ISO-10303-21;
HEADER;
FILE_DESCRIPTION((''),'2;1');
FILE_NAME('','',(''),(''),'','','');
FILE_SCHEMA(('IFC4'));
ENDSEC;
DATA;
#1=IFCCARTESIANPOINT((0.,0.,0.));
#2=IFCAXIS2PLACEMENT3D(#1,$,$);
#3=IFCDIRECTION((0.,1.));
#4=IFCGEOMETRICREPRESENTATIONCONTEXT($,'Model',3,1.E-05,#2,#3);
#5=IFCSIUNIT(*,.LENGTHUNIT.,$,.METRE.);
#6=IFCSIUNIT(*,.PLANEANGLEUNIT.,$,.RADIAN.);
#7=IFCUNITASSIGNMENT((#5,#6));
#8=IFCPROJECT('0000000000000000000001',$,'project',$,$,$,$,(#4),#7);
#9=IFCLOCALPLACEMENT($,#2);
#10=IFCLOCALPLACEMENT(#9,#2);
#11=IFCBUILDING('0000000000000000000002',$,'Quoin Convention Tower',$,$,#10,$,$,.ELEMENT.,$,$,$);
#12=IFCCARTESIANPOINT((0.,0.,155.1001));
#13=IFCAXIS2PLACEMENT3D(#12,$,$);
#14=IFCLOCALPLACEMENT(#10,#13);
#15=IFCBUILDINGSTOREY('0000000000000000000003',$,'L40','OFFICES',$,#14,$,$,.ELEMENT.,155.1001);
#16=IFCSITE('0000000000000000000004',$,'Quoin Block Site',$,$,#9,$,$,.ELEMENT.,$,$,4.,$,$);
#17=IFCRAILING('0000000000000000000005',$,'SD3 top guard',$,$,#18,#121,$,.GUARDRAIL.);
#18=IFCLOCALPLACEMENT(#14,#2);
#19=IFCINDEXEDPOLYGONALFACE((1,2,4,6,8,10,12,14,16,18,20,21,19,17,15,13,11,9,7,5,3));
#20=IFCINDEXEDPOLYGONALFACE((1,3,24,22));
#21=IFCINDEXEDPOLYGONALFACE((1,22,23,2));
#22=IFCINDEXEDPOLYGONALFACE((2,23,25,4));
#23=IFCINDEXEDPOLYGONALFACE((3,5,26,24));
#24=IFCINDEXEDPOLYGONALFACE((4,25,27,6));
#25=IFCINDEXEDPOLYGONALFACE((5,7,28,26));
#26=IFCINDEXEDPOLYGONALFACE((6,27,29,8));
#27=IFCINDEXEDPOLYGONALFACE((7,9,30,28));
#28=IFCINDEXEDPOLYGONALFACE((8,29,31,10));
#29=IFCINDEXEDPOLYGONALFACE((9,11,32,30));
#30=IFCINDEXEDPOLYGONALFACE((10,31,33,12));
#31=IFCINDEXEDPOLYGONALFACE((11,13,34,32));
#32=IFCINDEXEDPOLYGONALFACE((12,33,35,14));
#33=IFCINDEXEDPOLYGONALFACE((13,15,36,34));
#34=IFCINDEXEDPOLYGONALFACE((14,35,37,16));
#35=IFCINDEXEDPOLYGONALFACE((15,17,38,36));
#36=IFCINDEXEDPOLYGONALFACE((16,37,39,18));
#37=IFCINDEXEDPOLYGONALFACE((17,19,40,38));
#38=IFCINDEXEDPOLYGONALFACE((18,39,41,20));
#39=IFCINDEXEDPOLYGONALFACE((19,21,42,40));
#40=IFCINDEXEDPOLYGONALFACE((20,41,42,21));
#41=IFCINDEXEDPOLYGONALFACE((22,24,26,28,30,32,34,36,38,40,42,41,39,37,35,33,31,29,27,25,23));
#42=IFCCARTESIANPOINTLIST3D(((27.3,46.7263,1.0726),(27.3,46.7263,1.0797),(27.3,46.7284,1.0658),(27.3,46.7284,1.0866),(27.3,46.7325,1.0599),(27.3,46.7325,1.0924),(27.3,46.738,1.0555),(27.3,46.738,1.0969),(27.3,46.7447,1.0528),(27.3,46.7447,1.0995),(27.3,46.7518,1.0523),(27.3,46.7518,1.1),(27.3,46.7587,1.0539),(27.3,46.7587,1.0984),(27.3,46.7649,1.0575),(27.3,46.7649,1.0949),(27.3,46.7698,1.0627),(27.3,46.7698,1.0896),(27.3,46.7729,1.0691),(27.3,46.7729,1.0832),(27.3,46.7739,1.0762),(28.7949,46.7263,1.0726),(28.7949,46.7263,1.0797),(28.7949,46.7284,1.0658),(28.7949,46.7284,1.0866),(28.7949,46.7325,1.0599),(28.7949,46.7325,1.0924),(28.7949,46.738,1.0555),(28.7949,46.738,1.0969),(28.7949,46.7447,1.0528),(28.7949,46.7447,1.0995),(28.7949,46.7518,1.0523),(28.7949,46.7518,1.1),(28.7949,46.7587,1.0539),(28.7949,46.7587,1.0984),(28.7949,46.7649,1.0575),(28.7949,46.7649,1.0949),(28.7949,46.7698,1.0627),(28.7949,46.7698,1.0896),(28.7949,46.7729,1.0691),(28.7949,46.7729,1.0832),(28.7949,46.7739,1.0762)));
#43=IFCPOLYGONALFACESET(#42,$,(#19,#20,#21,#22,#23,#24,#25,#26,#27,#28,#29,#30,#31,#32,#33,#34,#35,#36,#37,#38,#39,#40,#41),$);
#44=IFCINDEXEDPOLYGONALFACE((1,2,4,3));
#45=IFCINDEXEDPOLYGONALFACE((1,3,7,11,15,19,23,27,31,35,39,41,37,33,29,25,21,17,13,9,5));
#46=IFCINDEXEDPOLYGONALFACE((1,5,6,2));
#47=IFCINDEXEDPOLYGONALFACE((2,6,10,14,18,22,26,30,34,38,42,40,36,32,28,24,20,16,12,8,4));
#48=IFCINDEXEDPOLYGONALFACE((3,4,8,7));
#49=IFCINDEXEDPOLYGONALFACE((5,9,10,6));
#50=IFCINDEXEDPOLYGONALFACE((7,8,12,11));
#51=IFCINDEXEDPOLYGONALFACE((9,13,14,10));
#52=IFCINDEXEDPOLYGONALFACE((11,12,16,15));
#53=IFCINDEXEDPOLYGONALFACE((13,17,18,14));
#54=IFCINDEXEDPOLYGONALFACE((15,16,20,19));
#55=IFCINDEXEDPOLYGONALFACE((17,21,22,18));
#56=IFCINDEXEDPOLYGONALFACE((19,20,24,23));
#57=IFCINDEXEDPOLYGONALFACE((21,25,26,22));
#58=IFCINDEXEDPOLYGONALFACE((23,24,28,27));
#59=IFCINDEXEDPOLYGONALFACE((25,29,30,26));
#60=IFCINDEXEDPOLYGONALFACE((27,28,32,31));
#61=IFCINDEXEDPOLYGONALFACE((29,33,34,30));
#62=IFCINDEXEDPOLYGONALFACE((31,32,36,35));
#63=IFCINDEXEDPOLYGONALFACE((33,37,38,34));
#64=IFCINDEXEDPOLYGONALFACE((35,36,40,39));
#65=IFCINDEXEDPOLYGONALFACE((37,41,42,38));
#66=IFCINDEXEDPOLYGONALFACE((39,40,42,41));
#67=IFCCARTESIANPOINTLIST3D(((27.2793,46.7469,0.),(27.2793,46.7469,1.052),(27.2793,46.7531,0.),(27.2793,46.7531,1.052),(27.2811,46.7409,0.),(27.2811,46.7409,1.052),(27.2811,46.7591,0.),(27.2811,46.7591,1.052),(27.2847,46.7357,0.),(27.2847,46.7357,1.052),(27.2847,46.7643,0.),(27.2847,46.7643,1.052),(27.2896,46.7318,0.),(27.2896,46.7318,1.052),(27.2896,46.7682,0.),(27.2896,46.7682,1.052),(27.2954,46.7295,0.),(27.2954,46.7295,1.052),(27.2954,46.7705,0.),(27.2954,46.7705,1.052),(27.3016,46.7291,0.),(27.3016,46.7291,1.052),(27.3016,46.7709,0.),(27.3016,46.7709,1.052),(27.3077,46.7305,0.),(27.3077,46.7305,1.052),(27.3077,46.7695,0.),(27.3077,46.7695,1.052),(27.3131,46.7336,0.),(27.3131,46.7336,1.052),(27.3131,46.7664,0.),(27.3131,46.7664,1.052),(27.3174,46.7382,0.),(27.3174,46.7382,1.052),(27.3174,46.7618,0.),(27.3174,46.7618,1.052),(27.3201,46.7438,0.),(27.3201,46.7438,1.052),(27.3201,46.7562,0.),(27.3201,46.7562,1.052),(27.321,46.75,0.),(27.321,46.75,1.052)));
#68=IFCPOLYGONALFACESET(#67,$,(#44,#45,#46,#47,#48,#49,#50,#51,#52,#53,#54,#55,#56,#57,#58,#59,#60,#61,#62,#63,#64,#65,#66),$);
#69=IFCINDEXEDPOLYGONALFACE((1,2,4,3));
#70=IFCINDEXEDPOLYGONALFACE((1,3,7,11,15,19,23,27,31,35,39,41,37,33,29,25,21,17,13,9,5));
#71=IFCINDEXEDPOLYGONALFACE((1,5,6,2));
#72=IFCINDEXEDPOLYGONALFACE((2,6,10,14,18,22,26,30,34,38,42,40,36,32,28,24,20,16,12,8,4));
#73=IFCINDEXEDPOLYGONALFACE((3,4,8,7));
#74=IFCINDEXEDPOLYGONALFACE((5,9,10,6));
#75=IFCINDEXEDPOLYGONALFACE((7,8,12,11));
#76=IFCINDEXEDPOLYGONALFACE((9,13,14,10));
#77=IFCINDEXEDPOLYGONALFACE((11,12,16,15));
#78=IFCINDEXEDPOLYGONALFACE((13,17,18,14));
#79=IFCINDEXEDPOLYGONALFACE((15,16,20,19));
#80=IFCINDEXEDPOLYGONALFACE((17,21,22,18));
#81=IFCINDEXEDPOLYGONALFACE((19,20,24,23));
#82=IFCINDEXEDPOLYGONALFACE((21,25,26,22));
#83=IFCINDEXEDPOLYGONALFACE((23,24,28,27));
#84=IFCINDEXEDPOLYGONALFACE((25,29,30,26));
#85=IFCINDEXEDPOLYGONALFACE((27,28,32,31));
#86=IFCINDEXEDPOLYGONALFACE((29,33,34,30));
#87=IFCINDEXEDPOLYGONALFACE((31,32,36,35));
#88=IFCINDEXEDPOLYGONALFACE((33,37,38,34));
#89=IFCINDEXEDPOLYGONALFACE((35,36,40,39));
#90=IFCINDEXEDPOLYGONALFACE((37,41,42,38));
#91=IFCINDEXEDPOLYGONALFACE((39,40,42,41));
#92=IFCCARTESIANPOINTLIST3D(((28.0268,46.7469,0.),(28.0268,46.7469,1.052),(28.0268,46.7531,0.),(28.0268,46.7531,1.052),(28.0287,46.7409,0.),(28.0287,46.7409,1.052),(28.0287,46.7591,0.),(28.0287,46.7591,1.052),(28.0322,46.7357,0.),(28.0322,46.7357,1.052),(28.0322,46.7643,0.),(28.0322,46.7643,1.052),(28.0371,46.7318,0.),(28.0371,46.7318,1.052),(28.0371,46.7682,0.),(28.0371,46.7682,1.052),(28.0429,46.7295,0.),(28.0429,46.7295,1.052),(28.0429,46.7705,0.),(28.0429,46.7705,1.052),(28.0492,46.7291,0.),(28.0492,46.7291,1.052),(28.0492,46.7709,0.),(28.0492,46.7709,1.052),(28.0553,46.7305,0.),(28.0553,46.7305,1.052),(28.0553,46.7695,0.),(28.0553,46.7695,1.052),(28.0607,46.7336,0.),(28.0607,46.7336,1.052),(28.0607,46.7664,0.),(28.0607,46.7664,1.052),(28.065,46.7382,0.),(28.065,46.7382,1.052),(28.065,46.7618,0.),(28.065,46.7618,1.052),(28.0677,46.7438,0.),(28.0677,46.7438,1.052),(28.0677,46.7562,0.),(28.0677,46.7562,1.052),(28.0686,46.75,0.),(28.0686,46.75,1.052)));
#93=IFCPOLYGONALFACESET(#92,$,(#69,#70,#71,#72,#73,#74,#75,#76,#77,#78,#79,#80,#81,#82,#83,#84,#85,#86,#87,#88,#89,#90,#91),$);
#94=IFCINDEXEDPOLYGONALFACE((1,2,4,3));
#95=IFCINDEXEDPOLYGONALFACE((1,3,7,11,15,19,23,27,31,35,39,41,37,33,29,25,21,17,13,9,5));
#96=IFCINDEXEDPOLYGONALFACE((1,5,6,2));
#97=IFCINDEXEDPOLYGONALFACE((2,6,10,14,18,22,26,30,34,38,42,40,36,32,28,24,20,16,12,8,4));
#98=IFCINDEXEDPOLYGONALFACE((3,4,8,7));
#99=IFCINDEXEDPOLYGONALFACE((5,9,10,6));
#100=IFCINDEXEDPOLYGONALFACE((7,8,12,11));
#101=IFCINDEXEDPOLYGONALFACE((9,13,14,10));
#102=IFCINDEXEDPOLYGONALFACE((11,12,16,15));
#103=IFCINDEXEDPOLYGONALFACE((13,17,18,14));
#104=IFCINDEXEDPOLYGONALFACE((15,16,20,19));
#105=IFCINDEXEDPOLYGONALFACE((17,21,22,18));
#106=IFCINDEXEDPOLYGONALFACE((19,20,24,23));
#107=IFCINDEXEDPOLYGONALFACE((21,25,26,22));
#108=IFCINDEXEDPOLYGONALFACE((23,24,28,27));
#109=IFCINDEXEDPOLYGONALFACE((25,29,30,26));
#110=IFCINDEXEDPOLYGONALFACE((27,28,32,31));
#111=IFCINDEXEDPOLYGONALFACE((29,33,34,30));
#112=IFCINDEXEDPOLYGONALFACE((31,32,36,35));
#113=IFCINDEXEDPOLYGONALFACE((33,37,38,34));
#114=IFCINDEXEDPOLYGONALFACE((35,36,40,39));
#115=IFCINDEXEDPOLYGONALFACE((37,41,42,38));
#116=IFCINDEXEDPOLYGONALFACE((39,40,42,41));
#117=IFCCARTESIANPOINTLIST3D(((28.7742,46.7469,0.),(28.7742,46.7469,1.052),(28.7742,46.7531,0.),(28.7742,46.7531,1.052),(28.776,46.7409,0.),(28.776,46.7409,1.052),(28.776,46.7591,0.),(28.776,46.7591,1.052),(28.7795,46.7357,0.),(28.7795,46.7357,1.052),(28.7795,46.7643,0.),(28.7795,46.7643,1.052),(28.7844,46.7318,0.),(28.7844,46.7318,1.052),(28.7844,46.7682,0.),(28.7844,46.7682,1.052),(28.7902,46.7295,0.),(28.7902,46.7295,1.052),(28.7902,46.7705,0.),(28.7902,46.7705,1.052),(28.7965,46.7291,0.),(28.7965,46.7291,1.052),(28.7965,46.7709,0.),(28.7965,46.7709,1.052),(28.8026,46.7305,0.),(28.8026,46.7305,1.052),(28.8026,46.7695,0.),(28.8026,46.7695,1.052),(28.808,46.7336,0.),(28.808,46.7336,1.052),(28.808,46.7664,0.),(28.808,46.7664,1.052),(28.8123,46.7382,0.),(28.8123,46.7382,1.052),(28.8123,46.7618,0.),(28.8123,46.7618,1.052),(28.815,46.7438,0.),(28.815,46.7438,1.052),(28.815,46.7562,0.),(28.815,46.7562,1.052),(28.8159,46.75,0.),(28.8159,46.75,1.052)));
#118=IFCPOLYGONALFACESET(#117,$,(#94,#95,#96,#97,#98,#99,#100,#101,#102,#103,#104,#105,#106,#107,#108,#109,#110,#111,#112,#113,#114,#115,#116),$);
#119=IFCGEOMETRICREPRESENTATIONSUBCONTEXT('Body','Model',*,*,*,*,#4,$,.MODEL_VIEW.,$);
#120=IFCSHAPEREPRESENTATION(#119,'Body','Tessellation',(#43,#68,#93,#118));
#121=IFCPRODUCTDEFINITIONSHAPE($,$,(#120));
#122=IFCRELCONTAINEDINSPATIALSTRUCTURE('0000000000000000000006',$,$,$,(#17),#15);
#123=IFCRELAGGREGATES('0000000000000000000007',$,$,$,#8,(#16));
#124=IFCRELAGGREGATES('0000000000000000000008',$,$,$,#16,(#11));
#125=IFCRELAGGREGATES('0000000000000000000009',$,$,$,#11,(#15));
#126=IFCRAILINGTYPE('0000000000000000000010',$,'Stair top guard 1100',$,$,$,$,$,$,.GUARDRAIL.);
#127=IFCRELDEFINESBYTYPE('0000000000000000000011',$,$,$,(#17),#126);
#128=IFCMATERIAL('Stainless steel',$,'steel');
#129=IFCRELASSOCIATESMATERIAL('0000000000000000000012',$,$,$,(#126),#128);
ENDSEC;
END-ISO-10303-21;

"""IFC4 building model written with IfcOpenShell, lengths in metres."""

from ifc_helpers import new_model, si_unit, direction, frame, origin, origin_2d, place, context, subcontext, project, spatial, circle, extrude, material, type_object, element, save


model = new_model("IFC4")

# Units and contexts
model_context = context("Model", 3, precision=1e-05, world=origin(), true_north=direction((0.0, 1.0)))
body_context = subcontext(model_context, "Body", "Model", "MODEL_VIEW")
ifc_project = project(units=[si_unit("LENGTHUNIT", "METRE"), si_unit("PLANEANGLEUNIT", "RADIAN")], contexts=[model_context])

# Site, building, storey
site_placement = place(None, origin())
site = spatial("IfcSite", under=ifc_project, at=site_placement, Name="Quoin Block Site", CompositionType="ELEMENT", RefElevation=4.0)
building_placement = place(site_placement, origin())
building = spatial("IfcBuilding", under=site, at=building_placement, Name="Quoin Convention Tower", CompositionType="ELEMENT")
storey_placement = place(building_placement, frame((0.0, 0.0, 155.1001)))
storey = spatial("IfcBuildingStorey", under=building, at=storey_placement, Name="L40", Description="OFFICES", CompositionType="ELEMENT", Elevation=155.1001)

# Railing
ifc_material_1 = material(Name="Stainless steel", Category="steel")
railing_type_1 = type_object("IfcRailingType", Name="Stair top guard 1100", PredefinedType="GUARDRAIL", material=ifc_material_1)
railing_1_placement = place(storey_placement, frame((27.3, 46.75, 0.0)))
element("IfcRailing", 1, at=railing_1_placement, inside=storey, type_object=railing_type_1, Name="SD3 top guard", PredefinedType="GUARDRAIL", context=body_context, shape_type="SweptSolid", body=[
    extrude(circle(Radius=0.0239, at=origin_2d()), frame((0.0, 0.0, 1.0762), z_axis=(1.0, 0.0, 0.0), x_axis=(0.0, 1.0, 0.0)), (0.0, 0.0, 1.0), 1.4949),
    extrude(circle(Radius=0.021, at=origin_2d()), origin(), (0.0, 0.0, 1.0), 1.052),
    extrude(circle(Radius=0.021, at=origin_2d()), frame((0.7476, 0.0, 0.0)), (0.0, 0.0, 1.0), 1.052),
    extrude(circle(Radius=0.021, at=origin_2d()), frame((1.4949, 0.0, 0.0)), (0.0, 0.0, 1.0), 1.052),
])

save(model, "model.ifc")
